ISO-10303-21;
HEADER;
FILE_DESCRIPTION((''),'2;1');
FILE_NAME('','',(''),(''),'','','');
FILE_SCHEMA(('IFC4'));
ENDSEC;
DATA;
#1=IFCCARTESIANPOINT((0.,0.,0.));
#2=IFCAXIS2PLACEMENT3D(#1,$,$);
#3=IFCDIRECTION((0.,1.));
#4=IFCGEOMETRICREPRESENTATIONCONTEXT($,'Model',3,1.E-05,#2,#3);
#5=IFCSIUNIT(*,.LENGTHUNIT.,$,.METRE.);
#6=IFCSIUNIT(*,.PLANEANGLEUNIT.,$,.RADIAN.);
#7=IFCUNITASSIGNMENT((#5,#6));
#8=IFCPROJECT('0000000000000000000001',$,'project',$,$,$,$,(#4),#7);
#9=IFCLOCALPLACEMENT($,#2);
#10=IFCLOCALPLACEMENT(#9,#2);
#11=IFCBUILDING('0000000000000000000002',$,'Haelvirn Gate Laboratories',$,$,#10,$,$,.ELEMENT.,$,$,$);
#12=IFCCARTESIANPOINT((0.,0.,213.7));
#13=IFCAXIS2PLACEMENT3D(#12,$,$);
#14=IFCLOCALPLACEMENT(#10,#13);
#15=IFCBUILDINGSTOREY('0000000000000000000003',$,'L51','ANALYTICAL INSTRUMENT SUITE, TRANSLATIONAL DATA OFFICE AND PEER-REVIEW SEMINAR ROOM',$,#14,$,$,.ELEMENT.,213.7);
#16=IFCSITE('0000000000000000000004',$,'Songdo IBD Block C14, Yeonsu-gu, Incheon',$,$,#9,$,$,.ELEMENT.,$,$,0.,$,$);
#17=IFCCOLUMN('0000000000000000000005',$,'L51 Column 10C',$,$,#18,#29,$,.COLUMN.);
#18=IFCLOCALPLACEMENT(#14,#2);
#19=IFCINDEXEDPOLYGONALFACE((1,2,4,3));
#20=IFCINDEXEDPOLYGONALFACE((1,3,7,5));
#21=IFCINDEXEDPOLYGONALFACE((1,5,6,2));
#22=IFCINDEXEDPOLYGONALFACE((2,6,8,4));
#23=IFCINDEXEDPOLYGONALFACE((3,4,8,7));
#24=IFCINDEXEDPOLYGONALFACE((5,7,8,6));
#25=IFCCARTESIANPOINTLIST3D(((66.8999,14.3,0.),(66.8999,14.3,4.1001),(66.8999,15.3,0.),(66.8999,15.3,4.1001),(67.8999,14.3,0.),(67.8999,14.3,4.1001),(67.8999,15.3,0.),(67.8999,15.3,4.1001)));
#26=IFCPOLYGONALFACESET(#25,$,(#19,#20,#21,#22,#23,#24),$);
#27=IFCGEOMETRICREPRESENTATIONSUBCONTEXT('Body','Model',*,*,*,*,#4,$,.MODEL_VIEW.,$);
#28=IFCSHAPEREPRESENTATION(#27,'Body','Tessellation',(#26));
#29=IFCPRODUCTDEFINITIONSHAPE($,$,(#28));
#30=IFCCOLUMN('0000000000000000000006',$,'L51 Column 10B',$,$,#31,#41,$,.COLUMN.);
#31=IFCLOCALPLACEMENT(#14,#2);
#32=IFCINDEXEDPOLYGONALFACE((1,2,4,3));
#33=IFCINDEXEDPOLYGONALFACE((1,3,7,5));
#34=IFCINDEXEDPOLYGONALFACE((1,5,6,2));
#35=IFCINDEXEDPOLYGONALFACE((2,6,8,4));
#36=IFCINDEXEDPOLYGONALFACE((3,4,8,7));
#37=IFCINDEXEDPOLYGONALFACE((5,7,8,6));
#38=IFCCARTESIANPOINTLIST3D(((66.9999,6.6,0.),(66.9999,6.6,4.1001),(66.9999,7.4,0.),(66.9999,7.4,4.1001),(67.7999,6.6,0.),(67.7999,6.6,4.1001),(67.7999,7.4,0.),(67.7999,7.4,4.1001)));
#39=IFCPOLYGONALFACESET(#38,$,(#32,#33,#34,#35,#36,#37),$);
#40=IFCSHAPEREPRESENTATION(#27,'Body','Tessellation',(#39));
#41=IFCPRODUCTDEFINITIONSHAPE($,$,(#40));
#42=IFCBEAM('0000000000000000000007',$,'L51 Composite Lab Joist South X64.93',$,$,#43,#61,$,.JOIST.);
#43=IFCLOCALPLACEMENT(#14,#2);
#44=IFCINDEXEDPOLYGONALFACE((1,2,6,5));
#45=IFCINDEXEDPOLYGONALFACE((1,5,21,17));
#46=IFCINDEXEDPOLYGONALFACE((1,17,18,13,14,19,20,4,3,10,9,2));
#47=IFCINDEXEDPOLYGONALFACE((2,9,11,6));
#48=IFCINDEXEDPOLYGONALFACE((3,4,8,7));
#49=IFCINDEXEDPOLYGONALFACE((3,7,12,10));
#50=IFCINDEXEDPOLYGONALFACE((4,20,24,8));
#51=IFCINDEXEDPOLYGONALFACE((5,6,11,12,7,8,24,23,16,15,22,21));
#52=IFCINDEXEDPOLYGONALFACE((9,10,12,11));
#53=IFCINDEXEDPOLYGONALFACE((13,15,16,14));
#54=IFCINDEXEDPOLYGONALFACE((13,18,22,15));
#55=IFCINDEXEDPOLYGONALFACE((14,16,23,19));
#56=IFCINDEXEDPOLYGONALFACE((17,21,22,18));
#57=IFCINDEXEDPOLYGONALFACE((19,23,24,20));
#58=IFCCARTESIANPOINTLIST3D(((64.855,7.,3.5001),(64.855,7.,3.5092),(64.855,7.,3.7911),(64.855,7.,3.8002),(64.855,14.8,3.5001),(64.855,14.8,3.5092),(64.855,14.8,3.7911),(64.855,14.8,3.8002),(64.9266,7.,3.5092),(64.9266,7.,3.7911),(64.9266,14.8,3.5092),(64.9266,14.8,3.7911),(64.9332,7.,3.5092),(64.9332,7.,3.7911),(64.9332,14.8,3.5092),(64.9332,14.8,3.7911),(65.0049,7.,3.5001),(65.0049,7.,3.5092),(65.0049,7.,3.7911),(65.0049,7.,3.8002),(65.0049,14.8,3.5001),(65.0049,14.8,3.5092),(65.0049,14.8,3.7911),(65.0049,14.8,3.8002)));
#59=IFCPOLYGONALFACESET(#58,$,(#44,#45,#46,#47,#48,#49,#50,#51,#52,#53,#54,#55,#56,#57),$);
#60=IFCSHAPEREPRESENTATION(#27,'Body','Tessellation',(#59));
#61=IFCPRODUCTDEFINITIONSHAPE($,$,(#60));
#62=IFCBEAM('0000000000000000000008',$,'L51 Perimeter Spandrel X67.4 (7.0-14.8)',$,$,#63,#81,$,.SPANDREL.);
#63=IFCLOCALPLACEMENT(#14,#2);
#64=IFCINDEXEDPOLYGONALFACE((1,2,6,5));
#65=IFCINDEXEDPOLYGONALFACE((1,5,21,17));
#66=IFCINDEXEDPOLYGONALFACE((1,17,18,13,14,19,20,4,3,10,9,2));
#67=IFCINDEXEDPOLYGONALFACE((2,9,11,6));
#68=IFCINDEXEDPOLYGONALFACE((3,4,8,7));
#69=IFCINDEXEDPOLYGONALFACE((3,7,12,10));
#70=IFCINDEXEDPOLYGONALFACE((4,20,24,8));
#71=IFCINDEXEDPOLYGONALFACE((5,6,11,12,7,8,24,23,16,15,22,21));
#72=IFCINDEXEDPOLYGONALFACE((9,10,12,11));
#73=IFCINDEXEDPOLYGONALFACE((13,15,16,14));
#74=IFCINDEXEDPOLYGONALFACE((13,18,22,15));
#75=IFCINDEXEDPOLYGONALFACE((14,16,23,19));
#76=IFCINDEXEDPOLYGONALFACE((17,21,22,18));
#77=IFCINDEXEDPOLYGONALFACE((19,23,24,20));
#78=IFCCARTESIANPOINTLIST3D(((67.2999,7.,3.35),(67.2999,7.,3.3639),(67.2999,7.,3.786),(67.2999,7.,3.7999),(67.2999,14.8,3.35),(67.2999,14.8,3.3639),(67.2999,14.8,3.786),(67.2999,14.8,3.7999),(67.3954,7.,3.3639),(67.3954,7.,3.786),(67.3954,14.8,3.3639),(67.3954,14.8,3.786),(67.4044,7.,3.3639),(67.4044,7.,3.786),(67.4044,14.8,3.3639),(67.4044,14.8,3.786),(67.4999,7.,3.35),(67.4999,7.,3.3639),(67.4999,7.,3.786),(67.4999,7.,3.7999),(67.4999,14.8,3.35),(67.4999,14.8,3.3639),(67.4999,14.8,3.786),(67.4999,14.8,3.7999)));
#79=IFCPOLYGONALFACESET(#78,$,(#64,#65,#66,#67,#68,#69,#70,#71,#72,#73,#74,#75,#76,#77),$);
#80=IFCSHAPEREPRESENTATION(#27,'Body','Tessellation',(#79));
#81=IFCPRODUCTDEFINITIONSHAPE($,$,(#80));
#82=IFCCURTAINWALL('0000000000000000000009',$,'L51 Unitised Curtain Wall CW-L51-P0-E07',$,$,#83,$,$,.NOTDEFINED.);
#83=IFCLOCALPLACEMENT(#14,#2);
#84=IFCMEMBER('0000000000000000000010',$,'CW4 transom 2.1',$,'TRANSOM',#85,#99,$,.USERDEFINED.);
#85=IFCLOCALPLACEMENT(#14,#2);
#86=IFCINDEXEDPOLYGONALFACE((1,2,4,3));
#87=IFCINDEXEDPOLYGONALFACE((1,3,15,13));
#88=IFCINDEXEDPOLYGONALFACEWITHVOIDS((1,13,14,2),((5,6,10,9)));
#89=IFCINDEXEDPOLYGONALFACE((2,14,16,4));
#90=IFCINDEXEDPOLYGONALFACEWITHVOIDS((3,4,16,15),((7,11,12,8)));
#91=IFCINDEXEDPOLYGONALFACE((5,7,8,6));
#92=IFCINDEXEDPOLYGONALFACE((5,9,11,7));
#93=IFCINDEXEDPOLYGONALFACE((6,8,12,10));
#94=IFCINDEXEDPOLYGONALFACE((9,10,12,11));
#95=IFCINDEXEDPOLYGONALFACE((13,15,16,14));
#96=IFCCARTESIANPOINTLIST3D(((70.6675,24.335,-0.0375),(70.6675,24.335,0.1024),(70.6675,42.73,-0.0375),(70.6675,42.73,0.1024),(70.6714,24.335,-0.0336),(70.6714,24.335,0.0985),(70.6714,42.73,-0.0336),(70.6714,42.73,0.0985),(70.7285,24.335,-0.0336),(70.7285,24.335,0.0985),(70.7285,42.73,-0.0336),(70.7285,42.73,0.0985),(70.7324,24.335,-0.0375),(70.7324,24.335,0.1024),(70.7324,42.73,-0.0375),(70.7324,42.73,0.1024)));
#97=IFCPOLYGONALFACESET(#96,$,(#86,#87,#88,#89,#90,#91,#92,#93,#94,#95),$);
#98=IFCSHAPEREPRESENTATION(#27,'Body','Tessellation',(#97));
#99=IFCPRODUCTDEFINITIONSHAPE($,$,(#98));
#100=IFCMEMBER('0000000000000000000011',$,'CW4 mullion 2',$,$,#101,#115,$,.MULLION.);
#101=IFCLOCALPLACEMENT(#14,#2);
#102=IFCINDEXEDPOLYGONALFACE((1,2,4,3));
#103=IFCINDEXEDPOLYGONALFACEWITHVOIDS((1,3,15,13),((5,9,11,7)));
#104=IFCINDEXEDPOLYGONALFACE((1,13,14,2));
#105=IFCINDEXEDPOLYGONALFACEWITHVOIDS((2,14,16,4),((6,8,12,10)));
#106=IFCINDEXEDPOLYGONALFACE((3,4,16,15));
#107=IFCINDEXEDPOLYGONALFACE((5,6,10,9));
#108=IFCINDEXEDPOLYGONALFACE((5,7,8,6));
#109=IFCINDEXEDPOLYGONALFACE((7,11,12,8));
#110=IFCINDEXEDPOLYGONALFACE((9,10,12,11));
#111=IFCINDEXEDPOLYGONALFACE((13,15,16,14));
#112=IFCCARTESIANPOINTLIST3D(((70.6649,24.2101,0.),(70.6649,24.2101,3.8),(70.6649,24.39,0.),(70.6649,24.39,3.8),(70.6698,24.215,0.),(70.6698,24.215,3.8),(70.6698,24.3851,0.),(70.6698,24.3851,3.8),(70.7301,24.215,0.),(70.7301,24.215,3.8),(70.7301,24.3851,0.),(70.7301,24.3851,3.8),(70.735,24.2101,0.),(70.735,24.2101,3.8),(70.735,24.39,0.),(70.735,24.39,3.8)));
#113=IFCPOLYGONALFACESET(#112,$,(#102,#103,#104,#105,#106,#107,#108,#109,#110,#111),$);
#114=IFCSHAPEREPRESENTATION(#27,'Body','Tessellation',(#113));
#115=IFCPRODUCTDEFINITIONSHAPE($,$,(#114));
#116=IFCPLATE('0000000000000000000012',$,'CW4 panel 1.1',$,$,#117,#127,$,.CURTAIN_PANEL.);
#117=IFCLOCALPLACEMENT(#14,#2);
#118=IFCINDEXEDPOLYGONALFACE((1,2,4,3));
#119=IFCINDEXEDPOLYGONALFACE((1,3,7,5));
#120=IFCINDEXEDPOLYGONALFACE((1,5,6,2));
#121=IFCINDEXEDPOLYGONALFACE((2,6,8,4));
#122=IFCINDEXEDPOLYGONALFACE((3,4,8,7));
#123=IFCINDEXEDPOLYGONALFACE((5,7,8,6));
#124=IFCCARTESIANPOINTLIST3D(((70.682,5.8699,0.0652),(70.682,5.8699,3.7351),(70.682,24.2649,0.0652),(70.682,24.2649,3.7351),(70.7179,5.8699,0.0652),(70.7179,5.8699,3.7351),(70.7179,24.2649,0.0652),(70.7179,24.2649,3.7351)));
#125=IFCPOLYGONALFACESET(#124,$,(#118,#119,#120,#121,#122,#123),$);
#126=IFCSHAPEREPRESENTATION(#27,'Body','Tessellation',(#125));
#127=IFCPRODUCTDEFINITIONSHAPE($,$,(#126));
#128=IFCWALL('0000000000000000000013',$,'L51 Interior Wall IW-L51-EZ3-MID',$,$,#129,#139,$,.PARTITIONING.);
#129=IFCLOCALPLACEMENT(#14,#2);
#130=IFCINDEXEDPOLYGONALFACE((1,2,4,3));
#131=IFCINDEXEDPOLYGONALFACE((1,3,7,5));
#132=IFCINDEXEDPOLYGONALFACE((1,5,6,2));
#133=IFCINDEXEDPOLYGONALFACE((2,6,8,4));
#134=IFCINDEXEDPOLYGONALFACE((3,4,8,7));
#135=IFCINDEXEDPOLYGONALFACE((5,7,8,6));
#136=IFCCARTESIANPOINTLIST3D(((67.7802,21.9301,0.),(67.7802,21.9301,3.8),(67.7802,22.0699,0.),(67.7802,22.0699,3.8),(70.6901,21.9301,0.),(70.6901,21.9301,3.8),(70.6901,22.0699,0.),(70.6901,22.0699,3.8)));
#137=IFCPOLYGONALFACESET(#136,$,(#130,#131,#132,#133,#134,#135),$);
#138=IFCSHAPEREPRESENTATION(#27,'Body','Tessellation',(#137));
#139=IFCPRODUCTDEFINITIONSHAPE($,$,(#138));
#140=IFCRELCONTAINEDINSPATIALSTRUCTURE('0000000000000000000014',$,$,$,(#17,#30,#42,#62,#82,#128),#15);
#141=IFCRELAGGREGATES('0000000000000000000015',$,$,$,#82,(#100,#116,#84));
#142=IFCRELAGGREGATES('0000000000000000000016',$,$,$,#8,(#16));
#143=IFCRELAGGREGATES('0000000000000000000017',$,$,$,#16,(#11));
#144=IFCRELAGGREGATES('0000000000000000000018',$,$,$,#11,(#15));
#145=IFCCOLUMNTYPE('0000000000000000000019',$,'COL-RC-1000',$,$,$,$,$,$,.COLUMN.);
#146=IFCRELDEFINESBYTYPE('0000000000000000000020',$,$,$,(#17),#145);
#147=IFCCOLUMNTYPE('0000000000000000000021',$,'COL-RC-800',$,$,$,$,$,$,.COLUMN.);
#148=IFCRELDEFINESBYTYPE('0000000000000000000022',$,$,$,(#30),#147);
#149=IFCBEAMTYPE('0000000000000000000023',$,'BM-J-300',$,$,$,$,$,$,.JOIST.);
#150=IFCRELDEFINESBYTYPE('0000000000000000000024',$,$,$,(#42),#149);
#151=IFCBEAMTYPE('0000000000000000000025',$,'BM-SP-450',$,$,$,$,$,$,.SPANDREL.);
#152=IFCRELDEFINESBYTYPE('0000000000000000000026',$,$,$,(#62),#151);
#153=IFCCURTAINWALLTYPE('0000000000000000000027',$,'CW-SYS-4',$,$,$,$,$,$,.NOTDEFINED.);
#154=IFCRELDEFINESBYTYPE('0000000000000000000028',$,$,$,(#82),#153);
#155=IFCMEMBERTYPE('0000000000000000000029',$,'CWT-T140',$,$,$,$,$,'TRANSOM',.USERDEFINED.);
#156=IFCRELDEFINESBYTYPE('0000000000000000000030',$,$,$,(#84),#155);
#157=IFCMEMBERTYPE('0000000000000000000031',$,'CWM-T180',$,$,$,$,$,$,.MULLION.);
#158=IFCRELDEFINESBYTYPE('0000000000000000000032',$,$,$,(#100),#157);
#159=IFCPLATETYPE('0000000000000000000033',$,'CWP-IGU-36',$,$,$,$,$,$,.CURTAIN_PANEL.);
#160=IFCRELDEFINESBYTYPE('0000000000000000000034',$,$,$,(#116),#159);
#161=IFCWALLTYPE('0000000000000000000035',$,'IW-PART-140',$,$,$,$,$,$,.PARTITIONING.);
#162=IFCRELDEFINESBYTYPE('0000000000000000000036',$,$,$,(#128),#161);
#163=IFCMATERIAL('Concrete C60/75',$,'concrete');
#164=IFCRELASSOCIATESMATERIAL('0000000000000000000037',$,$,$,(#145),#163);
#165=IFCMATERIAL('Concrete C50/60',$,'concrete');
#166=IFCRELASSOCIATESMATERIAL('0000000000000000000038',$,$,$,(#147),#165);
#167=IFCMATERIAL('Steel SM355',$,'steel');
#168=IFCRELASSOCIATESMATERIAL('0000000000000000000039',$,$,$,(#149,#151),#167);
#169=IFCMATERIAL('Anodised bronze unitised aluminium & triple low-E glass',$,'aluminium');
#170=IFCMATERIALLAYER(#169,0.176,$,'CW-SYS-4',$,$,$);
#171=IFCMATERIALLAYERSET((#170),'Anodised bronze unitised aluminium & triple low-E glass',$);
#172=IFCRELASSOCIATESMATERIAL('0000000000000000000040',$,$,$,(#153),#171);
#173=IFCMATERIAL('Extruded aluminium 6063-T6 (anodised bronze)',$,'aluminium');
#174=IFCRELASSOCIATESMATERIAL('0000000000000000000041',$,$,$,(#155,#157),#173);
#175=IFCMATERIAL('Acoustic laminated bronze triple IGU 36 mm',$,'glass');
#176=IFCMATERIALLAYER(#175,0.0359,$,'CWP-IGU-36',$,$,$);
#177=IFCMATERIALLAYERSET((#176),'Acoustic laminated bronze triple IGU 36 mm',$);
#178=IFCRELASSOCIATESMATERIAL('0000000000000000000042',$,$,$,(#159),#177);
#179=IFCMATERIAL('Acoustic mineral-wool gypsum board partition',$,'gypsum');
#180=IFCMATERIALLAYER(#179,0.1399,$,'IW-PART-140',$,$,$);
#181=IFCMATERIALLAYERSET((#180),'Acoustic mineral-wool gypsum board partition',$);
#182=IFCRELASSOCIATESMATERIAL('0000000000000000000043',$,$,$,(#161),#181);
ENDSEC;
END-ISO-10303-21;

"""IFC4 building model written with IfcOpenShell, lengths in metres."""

from ifc_helpers import new_model, si_unit, direction, frame, frame_2d, origin, origin_2d, place, context, subcontext, project, spatial, rectangle, hollow_rectangle, i_section, extrude, source, transform, mapped, material, layer, layer_set, material_profile, profile_set, type_object, type_shapes, element, aggregate, save


model = new_model("IFC4")

# Units and contexts
model_context = context("Model", 3, precision=1e-05, world=origin(), true_north=direction((0.0, 1.0)))
body_context = subcontext(model_context, "Body", "Model", "MODEL_VIEW")
ifc_project = project(units=[si_unit("LENGTHUNIT", "METRE"), si_unit("PLANEANGLEUNIT", "RADIAN")], contexts=[model_context])

# Site, building, storey
site_placement = place(None, origin())
site = spatial("IfcSite", under=ifc_project, at=site_placement, Name="Songdo IBD Block C14, Yeonsu-gu, Incheon", CompositionType="ELEMENT", RefElevation=0.0)
building_placement = place(site_placement, origin())
building = spatial("IfcBuilding", under=site, at=building_placement, Name="Haelvirn Gate Laboratories", CompositionType="ELEMENT")
storey_placement = place(building_placement, frame((0.0, 0.0, 213.7)))
storey = spatial("IfcBuildingStorey", under=building, at=storey_placement, Name="L51", Description="ANALYTICAL INSTRUMENT SUITE, TRANSLATIONAL DATA OFFICE AND PEER-REVIEW SEMINAR ROOM", CompositionType="ELEMENT", Elevation=213.7)

# Columns
ifc_material_1 = material(Name="Concrete C60/75", Category="concrete")
ifc_material_profile_1 = material_profile(ifc_material_1, rectangle(XDim=1.0, YDim=1.0, at=origin_2d()), Name="RC-1000x1000")
ifc_profile_set_1 = profile_set([ifc_material_profile_1], Name="Concrete C60/75")
column_type_1 = type_object("IfcColumnType", Name="COL-RC-1000", PredefinedType="COLUMN", material=ifc_profile_set_1)
shared_shape_1 = source(origin(), body_context, "Body", "SweptSolid", [
    extrude(rectangle(XDim=1.0, YDim=1.0, at=origin_2d()), origin(), (0.0, 0.0, 1.0), 4.1001),
])
type_shapes(column_type_1, [shared_shape_1])
column_1_placement = place(storey_placement, frame((67.3999, 14.8, 0.0), z_axis=(0.0, 0.0, 1.0), x_axis=(1.0, 0.0, 0.0)))
element("IfcColumn", 1, at=column_1_placement, inside=storey, type_object=column_type_1, Name="L51 Column 10C", PredefinedType="COLUMN", context=body_context, shape_type="MappedRepresentation", body=[
    mapped(shared_shape_1, transform((0.0, 0.0, 0.0), scale=1.0)),
])
ifc_material_2 = material(Name="Concrete C50/60", Category="concrete")
ifc_material_profile_2 = material_profile(ifc_material_2, rectangle(XDim=0.8, YDim=0.8, at=origin_2d()), Name="RC-800x800")
ifc_profile_set_2 = profile_set([ifc_material_profile_2], Name="Concrete C50/60")
column_type_2 = type_object("IfcColumnType", Name="COL-RC-800", PredefinedType="COLUMN", material=ifc_profile_set_2)
shared_shape_2 = source(origin(), body_context, "Body", "SweptSolid", [
    extrude(rectangle(XDim=0.8, YDim=0.8, at=origin_2d()), origin(), (0.0, 0.0, 1.0), 4.1001),
])
type_shapes(column_type_2, [shared_shape_2])
column_2_placement = place(storey_placement, frame((67.3999, 7.0, 0.0), z_axis=(0.0, 0.0, 1.0), x_axis=(1.0, 0.0, 0.0)))
element("IfcColumn", 2, at=column_2_placement, inside=storey, type_object=column_type_2, Name="L51 Column 10B", PredefinedType="COLUMN", context=body_context, shape_type="MappedRepresentation", body=[
    mapped(shared_shape_2, transform((0.0, 0.0, 0.0), scale=1.0)),
])

# Beams
ifc_material_3 = material(Name="Steel SM355", Category="steel")
ifc_material_profile_3 = material_profile(ifc_material_3, i_section(OverallWidth=0.1499, OverallDepth=0.3, WebThickness=0.0066, FlangeThickness=0.009, at=origin_2d()), Name="H-300x150x6.5x9")
ifc_profile_set_3 = profile_set([ifc_material_profile_3], Name="Steel SM355")
beam_type_1 = type_object("IfcBeamType", Name="BM-J-300", PredefinedType="JOIST", material=ifc_profile_set_3)
shared_shape_3 = source(origin(), body_context, "Body", "SweptSolid", [
    extrude(i_section(OverallWidth=0.1499, OverallDepth=0.3, WebThickness=0.0066, FlangeThickness=0.009, at=origin_2d()), origin(), (0.0, 0.0, 1.0), 7.8),
])
type_shapes(beam_type_1, [shared_shape_3])
beam_1_placement = place(storey_placement, frame((64.9299, 7.0, 3.6501), z_axis=(0.0, 1.0, 0.0), x_axis=(-1.0, 0.0, 0.0)))
element("IfcBeam", 3, at=beam_1_placement, inside=storey, type_object=beam_type_1, Name="L51 Composite Lab Joist South X64.93", PredefinedType="JOIST", context=body_context, shape_type="MappedRepresentation", body=[
    mapped(shared_shape_3, transform((0.0, 0.0, 0.0), scale=1.0)),
])
ifc_material_profile_4 = material_profile(ifc_material_3, i_section(OverallWidth=0.2, OverallDepth=0.45, WebThickness=0.009, FlangeThickness=0.0139, at=origin_2d()), Name="H-450x200x9x14")
ifc_profile_set_4 = profile_set([ifc_material_profile_4], Name="Steel SM355")
beam_type_2 = type_object("IfcBeamType", Name="BM-SP-450", PredefinedType="SPANDREL", material=ifc_profile_set_4)
shared_shape_4 = source(origin(), body_context, "Body", "SweptSolid", [
    extrude(i_section(OverallWidth=0.2, OverallDepth=0.45, WebThickness=0.009, FlangeThickness=0.0139, at=origin_2d()), origin(), (0.0, 0.0, 1.0), 7.8),
])
type_shapes(beam_type_2, [shared_shape_4])
beam_2_placement = place(storey_placement, frame((67.3999, 7.0, 3.575), z_axis=(0.0, 1.0, 0.0), x_axis=(-1.0, 0.0, 0.0)))
element("IfcBeam", 4, at=beam_2_placement, inside=storey, type_object=beam_type_2, Name="L51 Perimeter Spandrel X67.4 (7.0-14.8)", PredefinedType="SPANDREL", context=body_context, shape_type="MappedRepresentation", body=[
    mapped(shared_shape_4, transform((0.0, 0.0, 0.0), scale=1.0)),
])

# Curtain wall, members, plate
ifc_material_4 = material(Name="Anodised bronze unitised aluminium & triple low-E glass", Category="aluminium")
ifc_layer_1 = layer(ifc_material_4, 0.176, Name="CW-SYS-4")
ifc_layer_set_1 = layer_set([ifc_layer_1], Name="Anodised bronze unitised aluminium & triple low-E glass")
curtain_wall_type = type_object("IfcCurtainWallType", Name="CW-SYS-4", PredefinedType="NOTDEFINED", material=ifc_layer_set_1)
curtain_wall_placement = place(storey_placement, origin())
curtain_wall = element("IfcCurtainWall", 5, at=curtain_wall_placement, inside=storey, type_object=curtain_wall_type, Name="L51 Unitised Curtain Wall CW-L51-P0-E07", PredefinedType="NOTDEFINED")
ifc_material_5 = material(Name="Extruded aluminium 6063-T6 (anodised bronze)", Category="aluminium")
ifc_material_profile_5 = material_profile(ifc_material_5, hollow_rectangle(XDim=0.0649, YDim=0.1399, WallThickness=0.0039, at=origin_2d()), Name="CWT-140x65x4")
ifc_profile_set_5 = profile_set([ifc_material_profile_5], Name="Extruded aluminium 6063-T6 (anodised bronze)")
member_type_1 = type_object("IfcMemberType", Name="CWT-T140", ElementType="TRANSOM", PredefinedType="USERDEFINED", material=ifc_profile_set_5)
shared_shape_5 = source(origin(), body_context, "Body", "SweptSolid", [
    extrude(hollow_rectangle(XDim=0.0649, YDim=0.1399, WallThickness=0.0039, at=origin_2d()), origin(), (0.0, 0.0, 1.0), 18.395),
])
type_shapes(member_type_1, [shared_shape_5])
member_1_placement = place(storey_placement, frame((70.7, 24.335, 0.0325), z_axis=(0.0, 1.0, 0.0), x_axis=(-1.0, 0.0, 0.0)))
member_1 = element("IfcMember", 6, at=member_1_placement, type_object=member_type_1, Name="CW4 transom 2.1", ObjectType="TRANSOM", PredefinedType="USERDEFINED", context=body_context, shape_type="MappedRepresentation", body=[
    mapped(shared_shape_5, transform((0.0, 0.0, 0.0), scale=1.0)),
])
ifc_material_profile_6 = material_profile(ifc_material_5, hollow_rectangle(XDim=0.0701, YDim=0.1799, WallThickness=0.0049, at=origin_2d()), Name="CWM-180x70x5")
ifc_profile_set_6 = profile_set([ifc_material_profile_6], Name="Extruded aluminium 6063-T6 (anodised bronze)")
member_type_2 = type_object("IfcMemberType", Name="CWM-T180", PredefinedType="MULLION", material=ifc_profile_set_6)
shared_shape_6 = source(origin(), body_context, "Body", "SweptSolid", [
    extrude(hollow_rectangle(XDim=0.0701, YDim=0.1799, WallThickness=0.0049, at=origin_2d()), origin(), (0.0, 0.0, 1.0), 3.8),
])
type_shapes(member_type_2, [shared_shape_6])
member_2_placement = place(storey_placement, frame((70.7, 24.3, 0.0), z_axis=(0.0, 0.0, 1.0), x_axis=(-1.0, 0.0, 0.0)))
member_2 = element("IfcMember", 7, at=member_2_placement, type_object=member_type_2, Name="CW4 mullion 2", PredefinedType="MULLION", context=body_context, shape_type="MappedRepresentation", body=[
    mapped(shared_shape_6, transform((0.0, 0.0, 0.0), scale=1.0)),
])
ifc_material_6 = material(Name="Acoustic laminated bronze triple IGU 36 mm", Category="glass")
ifc_layer_2 = layer(ifc_material_6, 0.0359, Name="CWP-IGU-36")
ifc_layer_set_2 = layer_set([ifc_layer_2], Name="Acoustic laminated bronze triple IGU 36 mm")
plate_type = type_object("IfcPlateType", Name="CWP-IGU-36", PredefinedType="CURTAIN_PANEL", material=ifc_layer_set_2)
shared_shape_7 = source(origin(), body_context, "Body", "SweptSolid", [
    extrude(rectangle(XDim=18.395, YDim=0.0359, at=origin_2d()), origin(), (0.0, 0.0, 1.0), 3.6699),
])
type_shapes(plate_type, [shared_shape_7])
plate_placement = place(storey_placement, frame((70.7, 15.0674, 0.0652), z_axis=(0.0, 0.0, 1.0), x_axis=(0.0, 1.0, 0.0)))
plate = element("IfcPlate", 8, at=plate_placement, type_object=plate_type, Name="CW4 panel 1.1", PredefinedType="CURTAIN_PANEL", context=body_context, shape_type="MappedRepresentation", body=[
    mapped(shared_shape_7, transform((0.0, 0.0, 0.0), scale=1.0)),
])
aggregate(curtain_wall, [member_2, plate, member_1])

# Wall
ifc_material_7 = material(Name="Acoustic mineral-wool gypsum board partition", Category="gypsum")
ifc_layer_3 = layer(ifc_material_7, 0.1399, Name="IW-PART-140")
ifc_layer_set_3 = layer_set([ifc_layer_3], Name="Acoustic mineral-wool gypsum board partition")
wall_type_1 = type_object("IfcWallType", Name="IW-PART-140", PredefinedType="PARTITIONING", material=ifc_layer_set_3)
wall_1_placement = place(storey_placement, frame((67.78, 22.0, 0.0), z_axis=(0.0, 0.0, 1.0), x_axis=(1.0, 0.0, 0.0)))
element("IfcWall", 9, at=wall_1_placement, inside=storey, type_object=wall_type_1, Name="L51 Interior Wall IW-L51-EZ3-MID", PredefinedType="PARTITIONING", context=body_context, shape_type="SweptSolid", body=[
    extrude(rectangle(XDim=2.9099, YDim=0.1399, at=frame_2d((1.4551, 0.0))), origin(), (0.0, 0.0, 1.0), 3.8),
])

save(model, "model.ifc")
